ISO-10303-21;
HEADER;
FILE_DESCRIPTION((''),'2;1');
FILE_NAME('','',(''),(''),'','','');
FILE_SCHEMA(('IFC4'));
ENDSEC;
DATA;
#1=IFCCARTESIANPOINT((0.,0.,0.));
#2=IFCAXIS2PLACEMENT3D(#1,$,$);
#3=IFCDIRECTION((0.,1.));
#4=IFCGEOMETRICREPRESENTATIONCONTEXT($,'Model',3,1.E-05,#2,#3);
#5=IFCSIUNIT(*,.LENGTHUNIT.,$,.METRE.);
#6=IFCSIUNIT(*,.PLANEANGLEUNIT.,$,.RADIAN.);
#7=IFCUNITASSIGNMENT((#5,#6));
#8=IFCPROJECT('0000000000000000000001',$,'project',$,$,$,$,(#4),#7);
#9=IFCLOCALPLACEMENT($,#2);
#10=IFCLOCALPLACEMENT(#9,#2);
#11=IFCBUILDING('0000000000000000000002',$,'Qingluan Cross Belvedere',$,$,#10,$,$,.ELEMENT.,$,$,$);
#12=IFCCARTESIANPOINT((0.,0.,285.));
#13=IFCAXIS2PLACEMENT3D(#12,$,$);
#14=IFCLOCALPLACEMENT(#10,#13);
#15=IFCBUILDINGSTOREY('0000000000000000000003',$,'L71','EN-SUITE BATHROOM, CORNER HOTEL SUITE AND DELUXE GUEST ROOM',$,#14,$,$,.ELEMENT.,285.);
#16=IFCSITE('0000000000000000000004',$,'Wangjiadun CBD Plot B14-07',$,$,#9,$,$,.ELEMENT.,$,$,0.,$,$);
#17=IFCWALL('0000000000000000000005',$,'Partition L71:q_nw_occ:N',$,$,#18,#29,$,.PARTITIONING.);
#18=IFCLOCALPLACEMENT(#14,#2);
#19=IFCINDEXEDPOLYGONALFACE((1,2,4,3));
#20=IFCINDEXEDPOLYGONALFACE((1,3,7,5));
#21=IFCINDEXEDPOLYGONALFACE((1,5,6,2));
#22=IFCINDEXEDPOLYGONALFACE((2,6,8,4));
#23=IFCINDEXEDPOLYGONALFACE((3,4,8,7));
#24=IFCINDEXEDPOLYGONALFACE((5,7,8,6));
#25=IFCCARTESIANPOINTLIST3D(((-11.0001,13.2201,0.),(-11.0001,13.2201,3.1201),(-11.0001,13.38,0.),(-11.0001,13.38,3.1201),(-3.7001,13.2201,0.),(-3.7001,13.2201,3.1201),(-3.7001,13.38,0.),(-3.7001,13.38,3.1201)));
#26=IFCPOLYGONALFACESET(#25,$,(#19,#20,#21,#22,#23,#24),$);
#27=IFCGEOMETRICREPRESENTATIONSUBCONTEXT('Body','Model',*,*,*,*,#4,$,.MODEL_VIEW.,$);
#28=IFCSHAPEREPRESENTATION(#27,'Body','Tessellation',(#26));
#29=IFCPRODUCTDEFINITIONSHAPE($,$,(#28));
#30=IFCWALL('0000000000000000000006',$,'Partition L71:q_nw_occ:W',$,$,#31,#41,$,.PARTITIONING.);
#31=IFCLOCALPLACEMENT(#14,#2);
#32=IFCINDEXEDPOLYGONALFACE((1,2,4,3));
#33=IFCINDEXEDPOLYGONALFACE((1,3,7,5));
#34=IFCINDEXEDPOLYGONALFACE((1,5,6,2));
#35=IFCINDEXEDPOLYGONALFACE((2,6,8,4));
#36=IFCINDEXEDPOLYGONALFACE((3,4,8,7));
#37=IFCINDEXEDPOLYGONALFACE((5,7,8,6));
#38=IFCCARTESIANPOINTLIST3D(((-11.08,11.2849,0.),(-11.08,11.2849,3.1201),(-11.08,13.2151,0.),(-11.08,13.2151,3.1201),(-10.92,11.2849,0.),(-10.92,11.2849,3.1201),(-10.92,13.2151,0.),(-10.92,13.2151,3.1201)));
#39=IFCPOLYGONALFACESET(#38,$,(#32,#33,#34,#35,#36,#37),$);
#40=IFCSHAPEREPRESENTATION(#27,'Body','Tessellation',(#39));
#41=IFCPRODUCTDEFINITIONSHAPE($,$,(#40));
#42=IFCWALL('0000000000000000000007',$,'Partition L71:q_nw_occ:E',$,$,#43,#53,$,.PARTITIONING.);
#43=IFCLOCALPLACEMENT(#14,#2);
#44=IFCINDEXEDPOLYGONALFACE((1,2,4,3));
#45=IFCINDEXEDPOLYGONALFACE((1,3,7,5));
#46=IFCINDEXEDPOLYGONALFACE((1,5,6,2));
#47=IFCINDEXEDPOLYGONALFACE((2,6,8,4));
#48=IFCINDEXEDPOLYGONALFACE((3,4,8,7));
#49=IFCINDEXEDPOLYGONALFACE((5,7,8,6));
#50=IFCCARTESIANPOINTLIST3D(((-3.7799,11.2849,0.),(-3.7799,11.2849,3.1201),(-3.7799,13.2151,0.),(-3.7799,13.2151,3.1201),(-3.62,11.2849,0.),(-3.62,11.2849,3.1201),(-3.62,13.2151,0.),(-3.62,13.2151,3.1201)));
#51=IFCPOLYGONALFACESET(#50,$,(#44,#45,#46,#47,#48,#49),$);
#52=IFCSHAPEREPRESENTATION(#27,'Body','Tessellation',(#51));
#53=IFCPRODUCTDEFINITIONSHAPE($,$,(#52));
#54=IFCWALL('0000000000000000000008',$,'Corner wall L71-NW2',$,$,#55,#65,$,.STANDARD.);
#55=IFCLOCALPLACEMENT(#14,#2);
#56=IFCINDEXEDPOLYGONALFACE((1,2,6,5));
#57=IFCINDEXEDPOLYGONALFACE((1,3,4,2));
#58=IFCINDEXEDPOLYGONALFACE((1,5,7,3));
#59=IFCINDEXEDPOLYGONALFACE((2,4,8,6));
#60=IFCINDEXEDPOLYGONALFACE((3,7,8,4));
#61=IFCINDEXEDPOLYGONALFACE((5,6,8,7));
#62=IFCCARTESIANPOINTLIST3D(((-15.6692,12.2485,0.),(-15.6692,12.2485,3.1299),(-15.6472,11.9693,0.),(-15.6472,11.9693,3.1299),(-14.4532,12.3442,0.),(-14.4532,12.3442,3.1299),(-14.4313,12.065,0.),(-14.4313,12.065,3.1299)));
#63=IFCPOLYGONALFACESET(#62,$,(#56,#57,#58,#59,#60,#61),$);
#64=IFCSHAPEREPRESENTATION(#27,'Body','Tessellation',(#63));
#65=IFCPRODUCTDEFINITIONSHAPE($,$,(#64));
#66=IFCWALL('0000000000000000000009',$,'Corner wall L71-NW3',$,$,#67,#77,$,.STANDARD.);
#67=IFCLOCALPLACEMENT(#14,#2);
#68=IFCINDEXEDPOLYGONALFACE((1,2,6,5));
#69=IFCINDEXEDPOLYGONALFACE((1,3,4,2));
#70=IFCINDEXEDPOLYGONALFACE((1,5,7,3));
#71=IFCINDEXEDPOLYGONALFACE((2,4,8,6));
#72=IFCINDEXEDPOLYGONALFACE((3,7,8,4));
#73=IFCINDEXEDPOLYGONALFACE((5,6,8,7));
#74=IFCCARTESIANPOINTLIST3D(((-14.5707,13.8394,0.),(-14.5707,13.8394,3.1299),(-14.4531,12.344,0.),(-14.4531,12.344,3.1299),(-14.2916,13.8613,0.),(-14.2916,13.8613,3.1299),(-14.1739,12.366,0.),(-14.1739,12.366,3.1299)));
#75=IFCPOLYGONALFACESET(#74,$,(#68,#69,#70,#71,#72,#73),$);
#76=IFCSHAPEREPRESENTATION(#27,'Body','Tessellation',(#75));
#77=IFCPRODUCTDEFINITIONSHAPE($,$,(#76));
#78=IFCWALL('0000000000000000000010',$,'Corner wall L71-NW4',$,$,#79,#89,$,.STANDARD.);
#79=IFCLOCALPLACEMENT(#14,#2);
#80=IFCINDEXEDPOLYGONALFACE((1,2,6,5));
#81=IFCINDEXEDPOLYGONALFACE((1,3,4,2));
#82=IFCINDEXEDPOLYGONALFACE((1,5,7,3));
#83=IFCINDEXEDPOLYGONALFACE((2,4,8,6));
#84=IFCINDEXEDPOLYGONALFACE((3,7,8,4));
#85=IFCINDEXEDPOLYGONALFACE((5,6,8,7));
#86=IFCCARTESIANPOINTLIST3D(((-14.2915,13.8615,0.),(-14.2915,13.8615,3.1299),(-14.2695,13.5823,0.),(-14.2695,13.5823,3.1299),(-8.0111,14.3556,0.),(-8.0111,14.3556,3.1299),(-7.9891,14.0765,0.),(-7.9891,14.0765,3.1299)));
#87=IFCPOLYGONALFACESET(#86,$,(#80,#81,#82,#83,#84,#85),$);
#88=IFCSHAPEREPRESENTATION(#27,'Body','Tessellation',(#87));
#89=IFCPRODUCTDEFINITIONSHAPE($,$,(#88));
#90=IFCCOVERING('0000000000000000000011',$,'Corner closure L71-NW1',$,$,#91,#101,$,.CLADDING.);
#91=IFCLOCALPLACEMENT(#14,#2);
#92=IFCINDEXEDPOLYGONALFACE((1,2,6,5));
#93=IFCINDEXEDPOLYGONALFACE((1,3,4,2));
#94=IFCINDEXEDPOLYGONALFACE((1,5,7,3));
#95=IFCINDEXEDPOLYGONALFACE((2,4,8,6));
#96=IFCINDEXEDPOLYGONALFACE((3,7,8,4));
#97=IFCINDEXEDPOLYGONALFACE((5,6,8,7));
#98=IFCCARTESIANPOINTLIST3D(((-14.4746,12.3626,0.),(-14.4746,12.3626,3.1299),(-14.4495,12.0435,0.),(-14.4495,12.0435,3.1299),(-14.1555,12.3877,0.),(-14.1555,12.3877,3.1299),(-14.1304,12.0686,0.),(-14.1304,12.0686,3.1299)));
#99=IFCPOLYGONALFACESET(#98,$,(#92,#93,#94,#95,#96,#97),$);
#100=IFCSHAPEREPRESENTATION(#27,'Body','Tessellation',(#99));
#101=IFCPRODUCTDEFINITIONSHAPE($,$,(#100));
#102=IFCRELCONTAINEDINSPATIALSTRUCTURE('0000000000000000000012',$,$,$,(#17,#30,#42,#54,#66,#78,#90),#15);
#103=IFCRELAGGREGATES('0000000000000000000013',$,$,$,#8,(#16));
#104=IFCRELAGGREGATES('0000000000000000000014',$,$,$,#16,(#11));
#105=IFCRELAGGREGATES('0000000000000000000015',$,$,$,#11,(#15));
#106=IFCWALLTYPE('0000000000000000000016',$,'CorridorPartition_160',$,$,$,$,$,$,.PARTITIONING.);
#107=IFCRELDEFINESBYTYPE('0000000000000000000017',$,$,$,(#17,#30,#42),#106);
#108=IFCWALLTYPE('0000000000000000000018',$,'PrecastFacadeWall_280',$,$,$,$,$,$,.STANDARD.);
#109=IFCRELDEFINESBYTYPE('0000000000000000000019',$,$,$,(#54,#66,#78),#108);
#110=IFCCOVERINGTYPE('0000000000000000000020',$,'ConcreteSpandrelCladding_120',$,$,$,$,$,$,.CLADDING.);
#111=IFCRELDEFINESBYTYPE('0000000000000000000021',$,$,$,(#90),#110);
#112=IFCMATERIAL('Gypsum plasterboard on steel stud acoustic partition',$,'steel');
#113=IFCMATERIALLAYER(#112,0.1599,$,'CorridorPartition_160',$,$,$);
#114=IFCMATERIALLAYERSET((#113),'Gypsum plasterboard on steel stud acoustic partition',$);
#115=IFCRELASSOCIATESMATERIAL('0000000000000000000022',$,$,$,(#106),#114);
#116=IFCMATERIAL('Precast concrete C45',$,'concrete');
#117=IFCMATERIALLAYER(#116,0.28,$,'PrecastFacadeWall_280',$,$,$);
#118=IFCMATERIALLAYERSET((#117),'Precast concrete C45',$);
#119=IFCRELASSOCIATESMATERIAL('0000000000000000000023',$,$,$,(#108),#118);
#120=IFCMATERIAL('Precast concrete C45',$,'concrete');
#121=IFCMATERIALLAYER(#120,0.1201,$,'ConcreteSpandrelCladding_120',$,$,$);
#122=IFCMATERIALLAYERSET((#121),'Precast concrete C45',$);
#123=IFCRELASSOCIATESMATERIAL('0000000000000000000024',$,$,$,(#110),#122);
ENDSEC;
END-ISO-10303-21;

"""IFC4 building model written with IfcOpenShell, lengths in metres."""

from ifc_helpers import new_model, si_unit, direction, frame, frame_2d, origin, origin_2d, place, context, subcontext, project, spatial, rectangle, extrude, material, layer, layer_set, type_object, element, save


model = new_model("IFC4")

# Units and contexts
model_context = context("Model", 3, precision=1e-05, world=origin(), true_north=direction((0.0, 1.0)))
body_context = subcontext(model_context, "Body", "Model", "MODEL_VIEW")
ifc_project = project(units=[si_unit("LENGTHUNIT", "METRE"), si_unit("PLANEANGLEUNIT", "RADIAN")], contexts=[model_context])

# Site, building, storey
site_placement = place(None, origin())
site = spatial("IfcSite", under=ifc_project, at=site_placement, Name="Wangjiadun CBD Plot B14-07", CompositionType="ELEMENT", RefElevation=0.0)
building_placement = place(site_placement, origin())
building = spatial("IfcBuilding", under=site, at=building_placement, Name="Qingluan Cross Belvedere", CompositionType="ELEMENT")
storey_placement = place(building_placement, frame((0.0, 0.0, 285.0)))
storey = spatial("IfcBuildingStorey", under=building, at=storey_placement, Name="L71", Description="EN-SUITE BATHROOM, CORNER HOTEL SUITE AND DELUXE GUEST ROOM", CompositionType="ELEMENT", Elevation=285.0)

# Shared definitions
ifc_material_1 = material(Name="Gypsum plasterboard on steel stud acoustic partition", Category="steel")
ifc_layer_1 = layer(ifc_material_1, 0.1599, Name="CorridorPartition_160")
ifc_layer_set_1 = layer_set([ifc_layer_1], Name="Gypsum plasterboard on steel stud acoustic partition")
wall_type_1 = type_object("IfcWallType", Name="CorridorPartition_160", PredefinedType="PARTITIONING", material=ifc_layer_set_1)

# Walls
wall_1_placement = place(storey_placement, frame((-11.0, 13.3, 0.0), z_axis=(0.0, 0.0, 1.0), x_axis=(1.0, 0.0, 0.0)))
element("IfcWall", 1, at=wall_1_placement, inside=storey, type_object=wall_type_1, Name="Partition L71:q_nw_occ:N", PredefinedType="PARTITIONING", context=body_context, shape_type="SweptSolid", body=[
    extrude(rectangle(XDim=7.3, YDim=0.1599, at=frame_2d((3.6499, 0.0))), origin(), (0.0, 0.0, 1.0), 3.1201),
])
for number, where, z_axis, x_axis, name in (
    (2, (-11.0, 11.2849, 0.0), (0.0, 0.0, 1.0), (0.0, 1.0, 0.0), "Partition L71:q_nw_occ:W"),
    (3, (-3.7, 11.2849, 0.0), (0.0, 0.0, 1.0), (0.0, 1.0, 0.0), "Partition L71:q_nw_occ:E"),
):
    element("IfcWall", number, at=place(storey_placement, frame(where, z_axis=z_axis, x_axis=x_axis)), inside=storey, type_object=wall_type_1, Name=name, PredefinedType="PARTITIONING", context=body_context, shape_type="SweptSolid", body=[
        extrude(rectangle(XDim=1.9302, YDim=0.1599, at=frame_2d((0.9651, 0.0))), origin(), (0.0, 0.0, 1.0), 3.1201),
    ])
ifc_material_2 = material(Name="Precast concrete C45", Category="concrete")
ifc_layer_2 = layer(ifc_material_2, 0.28, Name="PrecastFacadeWall_280")
ifc_layer_set_2 = layer_set([ifc_layer_2], Name="Precast concrete C45")
wall_type_2 = type_object("IfcWallType", Name="PrecastFacadeWall_280", PredefinedType="STANDARD", material=ifc_layer_set_2)
wall_2_placement = place(storey_placement, frame((-15.6582, 12.1089, 0.0), z_axis=(0.0, 0.0, 1.0), x_axis=(0.996918, 0.078456, 0.0)))
element("IfcWall", 4, at=wall_2_placement, inside=storey, type_object=wall_type_2, Name="Corner wall L71-NW2", PredefinedType="STANDARD", context=body_context, shape_type="SweptSolid", body=[
    extrude(rectangle(XDim=1.2197, YDim=0.28, at=frame_2d((0.6099, 0.0))), origin(), (0.0, 0.0, 1.0), 3.1299),
])
wall_3_placement = place(storey_placement, frame((-14.3135, 12.355, 0.0), z_axis=(0.0, 0.0, 1.0), x_axis=(-0.078451, 0.996918, 0.0)))
element("IfcWall", 5, at=wall_3_placement, inside=storey, type_object=wall_type_2, Name="Corner wall L71-NW3", PredefinedType="STANDARD", context=body_context, shape_type="SweptSolid", body=[
    extrude(rectangle(XDim=1.5, YDim=0.28, at=frame_2d((0.75, 0.0))), origin(), (0.0, 0.0, 1.0), 3.1299),
])
wall_4_placement = place(storey_placement, frame((-14.2805, 13.7219, 0.0), z_axis=(0.0, 0.0, 1.0), x_axis=(0.996919, 0.078436, 0.0)))
element("IfcWall", 6, at=wall_4_placement, inside=storey, type_object=wall_type_2, Name="Corner wall L71-NW4", PredefinedType="STANDARD", context=body_context, shape_type="SweptSolid", body=[
    extrude(rectangle(XDim=6.2998, YDim=0.28, at=frame_2d((3.1499, 0.0))), origin(), (0.0, 0.0, 1.0), 3.1299),
])

# Covering
ifc_material_3 = material(Name="Precast concrete C45", Category="concrete")
ifc_layer_3 = layer(ifc_material_3, 0.1201, Name="ConcreteSpandrelCladding_120")
ifc_layer_set_3 = layer_set([ifc_layer_3], Name="Precast concrete C45")
covering_type = type_object("IfcCoveringType", Name="ConcreteSpandrelCladding_120", PredefinedType="CLADDING", material=ifc_layer_set_3)
covering_placement = place(storey_placement, frame((-14.3025, 12.2156, 0.0), z_axis=(0.0, 0.0, 1.0), x_axis=(0.996917, 0.078459, 0.0)))
element("IfcCovering", 7, at=covering_placement, inside=storey, type_object=covering_type, Name="Corner closure L71-NW1", PredefinedType="CLADDING", context=body_context, shape_type="SweptSolid", body=[
    extrude(rectangle(XDim=0.3201, YDim=0.3201, at=origin_2d()), origin(), (0.0, 0.0, 1.0), 3.1299),
])

save(model, "model.ifc")
